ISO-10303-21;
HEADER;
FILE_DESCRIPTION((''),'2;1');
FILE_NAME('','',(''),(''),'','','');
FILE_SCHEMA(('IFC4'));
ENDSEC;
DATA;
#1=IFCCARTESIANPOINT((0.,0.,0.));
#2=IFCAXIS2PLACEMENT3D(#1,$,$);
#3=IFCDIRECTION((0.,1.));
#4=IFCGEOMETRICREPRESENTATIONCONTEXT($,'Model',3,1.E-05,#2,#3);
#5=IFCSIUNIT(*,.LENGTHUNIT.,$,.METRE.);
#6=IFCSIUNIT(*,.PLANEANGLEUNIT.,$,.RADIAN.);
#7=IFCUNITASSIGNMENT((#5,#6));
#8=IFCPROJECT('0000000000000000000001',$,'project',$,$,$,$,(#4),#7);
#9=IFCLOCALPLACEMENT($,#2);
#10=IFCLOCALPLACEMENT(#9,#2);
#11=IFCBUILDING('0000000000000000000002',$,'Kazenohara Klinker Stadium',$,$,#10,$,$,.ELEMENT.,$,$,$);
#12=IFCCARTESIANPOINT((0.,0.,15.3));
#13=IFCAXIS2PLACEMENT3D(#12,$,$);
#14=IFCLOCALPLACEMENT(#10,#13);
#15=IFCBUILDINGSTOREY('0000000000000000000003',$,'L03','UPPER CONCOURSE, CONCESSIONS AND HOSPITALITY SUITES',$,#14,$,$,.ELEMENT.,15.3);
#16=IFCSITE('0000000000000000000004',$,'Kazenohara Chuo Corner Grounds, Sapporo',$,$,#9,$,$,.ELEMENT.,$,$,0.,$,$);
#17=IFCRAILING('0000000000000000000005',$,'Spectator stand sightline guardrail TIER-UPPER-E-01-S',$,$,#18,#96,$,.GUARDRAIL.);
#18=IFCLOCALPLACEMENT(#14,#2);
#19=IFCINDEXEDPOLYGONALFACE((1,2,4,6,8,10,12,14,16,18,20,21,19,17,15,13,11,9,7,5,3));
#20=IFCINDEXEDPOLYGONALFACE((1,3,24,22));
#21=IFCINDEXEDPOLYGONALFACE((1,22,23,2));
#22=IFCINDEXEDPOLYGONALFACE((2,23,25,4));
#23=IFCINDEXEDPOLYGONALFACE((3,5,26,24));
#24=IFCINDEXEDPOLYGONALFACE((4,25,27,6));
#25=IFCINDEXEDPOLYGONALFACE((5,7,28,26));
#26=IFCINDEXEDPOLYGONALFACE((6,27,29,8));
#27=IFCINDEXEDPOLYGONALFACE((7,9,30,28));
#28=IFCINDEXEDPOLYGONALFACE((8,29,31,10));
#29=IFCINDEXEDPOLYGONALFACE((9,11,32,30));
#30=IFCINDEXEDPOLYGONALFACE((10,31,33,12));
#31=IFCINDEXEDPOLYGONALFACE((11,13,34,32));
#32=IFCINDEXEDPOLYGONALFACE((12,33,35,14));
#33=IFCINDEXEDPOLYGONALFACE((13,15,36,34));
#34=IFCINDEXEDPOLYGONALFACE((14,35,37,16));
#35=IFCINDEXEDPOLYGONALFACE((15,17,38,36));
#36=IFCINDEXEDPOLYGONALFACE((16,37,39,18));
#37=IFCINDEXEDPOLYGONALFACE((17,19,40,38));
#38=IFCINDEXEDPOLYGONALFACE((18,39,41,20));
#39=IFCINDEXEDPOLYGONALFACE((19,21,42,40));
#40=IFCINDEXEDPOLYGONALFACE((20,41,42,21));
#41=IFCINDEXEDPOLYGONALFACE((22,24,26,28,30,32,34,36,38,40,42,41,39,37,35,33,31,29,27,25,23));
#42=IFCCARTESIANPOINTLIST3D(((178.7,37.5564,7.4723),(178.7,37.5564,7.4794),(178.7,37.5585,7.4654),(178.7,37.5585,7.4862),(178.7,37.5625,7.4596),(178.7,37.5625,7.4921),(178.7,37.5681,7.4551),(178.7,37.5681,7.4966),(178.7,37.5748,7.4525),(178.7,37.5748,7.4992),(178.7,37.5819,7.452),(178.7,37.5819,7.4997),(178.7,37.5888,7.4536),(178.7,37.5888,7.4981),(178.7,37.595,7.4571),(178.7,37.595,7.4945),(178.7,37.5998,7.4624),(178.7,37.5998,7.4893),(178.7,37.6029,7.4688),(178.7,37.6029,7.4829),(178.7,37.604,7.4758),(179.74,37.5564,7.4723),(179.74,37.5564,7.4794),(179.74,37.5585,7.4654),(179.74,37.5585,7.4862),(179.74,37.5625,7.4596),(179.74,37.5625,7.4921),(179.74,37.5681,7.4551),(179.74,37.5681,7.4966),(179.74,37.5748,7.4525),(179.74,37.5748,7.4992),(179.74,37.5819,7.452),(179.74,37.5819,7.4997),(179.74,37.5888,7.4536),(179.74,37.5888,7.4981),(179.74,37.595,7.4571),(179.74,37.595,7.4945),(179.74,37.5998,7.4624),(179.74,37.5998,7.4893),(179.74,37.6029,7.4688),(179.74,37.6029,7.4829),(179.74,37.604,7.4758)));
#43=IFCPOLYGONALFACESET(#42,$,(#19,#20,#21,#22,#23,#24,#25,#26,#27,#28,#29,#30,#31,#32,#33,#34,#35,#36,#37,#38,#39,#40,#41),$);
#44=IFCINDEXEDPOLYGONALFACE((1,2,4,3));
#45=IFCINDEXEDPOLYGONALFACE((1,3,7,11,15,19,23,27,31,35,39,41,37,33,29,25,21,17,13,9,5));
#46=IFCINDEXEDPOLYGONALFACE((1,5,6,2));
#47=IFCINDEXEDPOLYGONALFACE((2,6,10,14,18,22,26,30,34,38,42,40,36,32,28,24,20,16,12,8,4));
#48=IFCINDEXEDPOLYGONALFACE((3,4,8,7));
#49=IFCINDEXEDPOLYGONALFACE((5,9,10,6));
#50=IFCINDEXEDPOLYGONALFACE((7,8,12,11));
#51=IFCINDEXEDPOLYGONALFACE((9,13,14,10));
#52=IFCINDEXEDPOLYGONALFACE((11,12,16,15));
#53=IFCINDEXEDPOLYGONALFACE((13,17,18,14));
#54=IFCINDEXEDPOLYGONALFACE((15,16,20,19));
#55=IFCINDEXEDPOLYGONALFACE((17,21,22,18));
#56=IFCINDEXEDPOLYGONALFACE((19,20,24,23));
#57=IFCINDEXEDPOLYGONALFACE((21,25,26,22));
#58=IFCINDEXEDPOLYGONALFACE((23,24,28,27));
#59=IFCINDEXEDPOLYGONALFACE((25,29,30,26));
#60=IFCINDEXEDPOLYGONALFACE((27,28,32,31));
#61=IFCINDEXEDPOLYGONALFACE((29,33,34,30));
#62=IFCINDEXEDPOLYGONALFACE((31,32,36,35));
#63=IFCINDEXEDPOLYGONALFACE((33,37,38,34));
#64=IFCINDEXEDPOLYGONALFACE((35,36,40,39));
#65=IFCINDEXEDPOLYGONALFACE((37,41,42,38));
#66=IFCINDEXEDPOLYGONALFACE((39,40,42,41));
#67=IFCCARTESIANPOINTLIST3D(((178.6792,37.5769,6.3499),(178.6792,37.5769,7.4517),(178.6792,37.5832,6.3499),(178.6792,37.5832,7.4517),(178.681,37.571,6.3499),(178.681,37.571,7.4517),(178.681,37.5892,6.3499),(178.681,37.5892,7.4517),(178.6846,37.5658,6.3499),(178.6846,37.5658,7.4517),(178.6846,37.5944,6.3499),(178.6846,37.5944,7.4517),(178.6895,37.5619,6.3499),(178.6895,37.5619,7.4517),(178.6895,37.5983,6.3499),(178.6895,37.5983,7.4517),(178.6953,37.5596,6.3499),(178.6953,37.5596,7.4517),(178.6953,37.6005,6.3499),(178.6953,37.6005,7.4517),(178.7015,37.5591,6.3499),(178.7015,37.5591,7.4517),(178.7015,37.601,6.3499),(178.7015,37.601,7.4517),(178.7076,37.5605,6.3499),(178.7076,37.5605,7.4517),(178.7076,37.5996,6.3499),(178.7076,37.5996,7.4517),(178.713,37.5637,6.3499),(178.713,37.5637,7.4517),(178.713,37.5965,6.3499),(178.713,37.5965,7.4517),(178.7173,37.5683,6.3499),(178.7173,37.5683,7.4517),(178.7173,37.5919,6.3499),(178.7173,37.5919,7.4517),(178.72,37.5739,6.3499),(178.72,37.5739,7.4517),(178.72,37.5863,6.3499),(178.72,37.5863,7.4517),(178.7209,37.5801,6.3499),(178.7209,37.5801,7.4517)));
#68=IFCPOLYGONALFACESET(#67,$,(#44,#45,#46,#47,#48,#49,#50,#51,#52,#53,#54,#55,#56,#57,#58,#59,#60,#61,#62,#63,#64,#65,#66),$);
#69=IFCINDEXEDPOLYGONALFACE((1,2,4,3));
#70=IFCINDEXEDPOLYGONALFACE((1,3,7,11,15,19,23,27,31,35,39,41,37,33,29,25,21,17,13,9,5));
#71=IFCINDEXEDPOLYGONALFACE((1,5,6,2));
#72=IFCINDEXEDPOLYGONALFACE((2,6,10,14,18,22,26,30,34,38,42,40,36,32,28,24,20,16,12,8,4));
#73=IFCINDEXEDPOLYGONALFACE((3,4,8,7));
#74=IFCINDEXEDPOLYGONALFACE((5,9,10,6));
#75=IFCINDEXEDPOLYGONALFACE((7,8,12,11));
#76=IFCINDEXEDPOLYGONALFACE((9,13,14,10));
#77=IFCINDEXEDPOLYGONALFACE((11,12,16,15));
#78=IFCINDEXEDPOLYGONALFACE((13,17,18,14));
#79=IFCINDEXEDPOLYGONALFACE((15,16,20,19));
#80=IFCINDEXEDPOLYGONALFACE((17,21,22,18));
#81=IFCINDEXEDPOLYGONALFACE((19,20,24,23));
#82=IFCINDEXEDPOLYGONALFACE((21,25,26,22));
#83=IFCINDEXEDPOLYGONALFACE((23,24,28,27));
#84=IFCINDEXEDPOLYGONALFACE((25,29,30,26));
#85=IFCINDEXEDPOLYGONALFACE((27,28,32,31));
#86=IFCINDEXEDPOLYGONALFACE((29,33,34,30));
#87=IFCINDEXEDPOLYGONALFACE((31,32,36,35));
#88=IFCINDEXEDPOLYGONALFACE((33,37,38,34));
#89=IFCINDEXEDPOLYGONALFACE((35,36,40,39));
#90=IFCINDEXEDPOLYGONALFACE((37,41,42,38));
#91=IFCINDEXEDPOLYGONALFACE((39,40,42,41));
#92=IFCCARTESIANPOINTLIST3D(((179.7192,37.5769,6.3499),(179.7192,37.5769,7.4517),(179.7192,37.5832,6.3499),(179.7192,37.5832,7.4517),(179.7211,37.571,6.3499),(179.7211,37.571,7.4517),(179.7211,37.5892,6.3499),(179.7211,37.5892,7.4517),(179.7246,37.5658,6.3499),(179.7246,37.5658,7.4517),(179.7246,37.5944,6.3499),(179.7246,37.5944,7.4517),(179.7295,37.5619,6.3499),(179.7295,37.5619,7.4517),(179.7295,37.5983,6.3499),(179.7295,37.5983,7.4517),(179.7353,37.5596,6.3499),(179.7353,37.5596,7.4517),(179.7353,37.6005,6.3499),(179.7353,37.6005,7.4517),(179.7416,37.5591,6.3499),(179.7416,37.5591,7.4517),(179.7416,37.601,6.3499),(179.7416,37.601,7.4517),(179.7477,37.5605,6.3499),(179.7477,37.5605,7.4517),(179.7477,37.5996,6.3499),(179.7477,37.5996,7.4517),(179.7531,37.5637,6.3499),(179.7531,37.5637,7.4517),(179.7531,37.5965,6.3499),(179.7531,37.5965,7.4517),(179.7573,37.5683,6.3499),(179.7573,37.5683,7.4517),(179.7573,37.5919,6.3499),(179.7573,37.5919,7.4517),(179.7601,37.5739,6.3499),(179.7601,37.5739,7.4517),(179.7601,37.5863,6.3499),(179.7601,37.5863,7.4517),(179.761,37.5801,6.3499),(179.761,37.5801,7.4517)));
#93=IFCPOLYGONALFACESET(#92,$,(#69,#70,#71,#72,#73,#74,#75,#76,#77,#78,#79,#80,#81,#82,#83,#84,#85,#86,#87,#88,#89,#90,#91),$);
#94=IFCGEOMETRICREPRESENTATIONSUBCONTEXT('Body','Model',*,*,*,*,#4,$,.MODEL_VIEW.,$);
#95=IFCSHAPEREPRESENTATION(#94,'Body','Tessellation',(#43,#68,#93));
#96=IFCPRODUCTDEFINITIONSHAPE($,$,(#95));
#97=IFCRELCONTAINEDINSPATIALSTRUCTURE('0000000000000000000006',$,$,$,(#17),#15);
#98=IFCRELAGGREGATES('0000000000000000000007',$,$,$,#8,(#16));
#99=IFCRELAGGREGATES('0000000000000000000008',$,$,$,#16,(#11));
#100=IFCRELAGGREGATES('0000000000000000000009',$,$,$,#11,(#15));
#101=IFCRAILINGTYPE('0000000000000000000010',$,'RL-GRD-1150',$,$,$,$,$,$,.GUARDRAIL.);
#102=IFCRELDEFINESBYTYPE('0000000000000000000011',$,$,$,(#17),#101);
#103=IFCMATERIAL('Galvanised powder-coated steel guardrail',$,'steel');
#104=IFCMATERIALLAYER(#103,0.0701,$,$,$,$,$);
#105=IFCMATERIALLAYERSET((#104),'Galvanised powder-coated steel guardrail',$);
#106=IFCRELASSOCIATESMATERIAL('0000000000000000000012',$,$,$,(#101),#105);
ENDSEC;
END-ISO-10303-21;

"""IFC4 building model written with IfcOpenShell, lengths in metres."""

from ifc_helpers import new_model, si_unit, direction, frame, origin, origin_2d, place, context, subcontext, project, spatial, circle, extrude, material, layer, layer_set, type_object, element, save


model = new_model("IFC4")

# Units and contexts
model_context = context("Model", 3, precision=1e-05, world=origin(), true_north=direction((0.0, 1.0)))
body_context = subcontext(model_context, "Body", "Model", "MODEL_VIEW")
ifc_project = project(units=[si_unit("LENGTHUNIT", "METRE"), si_unit("PLANEANGLEUNIT", "RADIAN")], contexts=[model_context])

# Site, building, storey
site_placement = place(None, origin())
site = spatial("IfcSite", under=ifc_project, at=site_placement, Name="Kazenohara Chuo Corner Grounds, Sapporo", CompositionType="ELEMENT", RefElevation=0.0)
building_placement = place(site_placement, origin())
building = spatial("IfcBuilding", under=site, at=building_placement, Name="Kazenohara Klinker Stadium", CompositionType="ELEMENT")
storey_placement = place(building_placement, frame((0.0, 0.0, 15.3)))
storey = spatial("IfcBuildingStorey", under=building, at=storey_placement, Name="L03", Description="UPPER CONCOURSE, CONCESSIONS AND HOSPITALITY SUITES", CompositionType="ELEMENT", Elevation=15.3)

# Railing
ifc_material_1 = material(Name="Galvanised powder-coated steel guardrail", Category="steel")
ifc_layer_1 = layer(ifc_material_1, 0.0701)
ifc_layer_set_1 = layer_set([ifc_layer_1], Name="Galvanised powder-coated steel guardrail")
railing_type_1 = type_object("IfcRailingType", Name="RL-GRD-1150", PredefinedType="GUARDRAIL", material=ifc_layer_set_1)
railing_1_placement = place(storey_placement, frame((178.7, 37.5801, 6.3499)))
element("IfcRailing", 1, at=railing_1_placement, inside=storey, type_object=railing_type_1, Name="Spectator stand sightline guardrail TIER-UPPER-E-01-S", PredefinedType="GUARDRAIL", context=body_context, shape_type="SweptSolid", body=[
    extrude(circle(Radius=0.0239, at=origin_2d()), frame((0.0, 0.0, 1.126), z_axis=(1.0, 0.0, 0.0), x_axis=(0.0, 1.0, 0.0)), (0.0, 0.0, 1.0), 1.04),
    extrude(circle(Radius=0.021, at=origin_2d()), origin(), (0.0, 0.0, 1.0), 1.1018),
    extrude(circle(Radius=0.021, at=origin_2d()), frame((1.04, 0.0, 0.0)), (0.0, 0.0, 1.0), 1.1018),
])

save(model, "model.ifc")
